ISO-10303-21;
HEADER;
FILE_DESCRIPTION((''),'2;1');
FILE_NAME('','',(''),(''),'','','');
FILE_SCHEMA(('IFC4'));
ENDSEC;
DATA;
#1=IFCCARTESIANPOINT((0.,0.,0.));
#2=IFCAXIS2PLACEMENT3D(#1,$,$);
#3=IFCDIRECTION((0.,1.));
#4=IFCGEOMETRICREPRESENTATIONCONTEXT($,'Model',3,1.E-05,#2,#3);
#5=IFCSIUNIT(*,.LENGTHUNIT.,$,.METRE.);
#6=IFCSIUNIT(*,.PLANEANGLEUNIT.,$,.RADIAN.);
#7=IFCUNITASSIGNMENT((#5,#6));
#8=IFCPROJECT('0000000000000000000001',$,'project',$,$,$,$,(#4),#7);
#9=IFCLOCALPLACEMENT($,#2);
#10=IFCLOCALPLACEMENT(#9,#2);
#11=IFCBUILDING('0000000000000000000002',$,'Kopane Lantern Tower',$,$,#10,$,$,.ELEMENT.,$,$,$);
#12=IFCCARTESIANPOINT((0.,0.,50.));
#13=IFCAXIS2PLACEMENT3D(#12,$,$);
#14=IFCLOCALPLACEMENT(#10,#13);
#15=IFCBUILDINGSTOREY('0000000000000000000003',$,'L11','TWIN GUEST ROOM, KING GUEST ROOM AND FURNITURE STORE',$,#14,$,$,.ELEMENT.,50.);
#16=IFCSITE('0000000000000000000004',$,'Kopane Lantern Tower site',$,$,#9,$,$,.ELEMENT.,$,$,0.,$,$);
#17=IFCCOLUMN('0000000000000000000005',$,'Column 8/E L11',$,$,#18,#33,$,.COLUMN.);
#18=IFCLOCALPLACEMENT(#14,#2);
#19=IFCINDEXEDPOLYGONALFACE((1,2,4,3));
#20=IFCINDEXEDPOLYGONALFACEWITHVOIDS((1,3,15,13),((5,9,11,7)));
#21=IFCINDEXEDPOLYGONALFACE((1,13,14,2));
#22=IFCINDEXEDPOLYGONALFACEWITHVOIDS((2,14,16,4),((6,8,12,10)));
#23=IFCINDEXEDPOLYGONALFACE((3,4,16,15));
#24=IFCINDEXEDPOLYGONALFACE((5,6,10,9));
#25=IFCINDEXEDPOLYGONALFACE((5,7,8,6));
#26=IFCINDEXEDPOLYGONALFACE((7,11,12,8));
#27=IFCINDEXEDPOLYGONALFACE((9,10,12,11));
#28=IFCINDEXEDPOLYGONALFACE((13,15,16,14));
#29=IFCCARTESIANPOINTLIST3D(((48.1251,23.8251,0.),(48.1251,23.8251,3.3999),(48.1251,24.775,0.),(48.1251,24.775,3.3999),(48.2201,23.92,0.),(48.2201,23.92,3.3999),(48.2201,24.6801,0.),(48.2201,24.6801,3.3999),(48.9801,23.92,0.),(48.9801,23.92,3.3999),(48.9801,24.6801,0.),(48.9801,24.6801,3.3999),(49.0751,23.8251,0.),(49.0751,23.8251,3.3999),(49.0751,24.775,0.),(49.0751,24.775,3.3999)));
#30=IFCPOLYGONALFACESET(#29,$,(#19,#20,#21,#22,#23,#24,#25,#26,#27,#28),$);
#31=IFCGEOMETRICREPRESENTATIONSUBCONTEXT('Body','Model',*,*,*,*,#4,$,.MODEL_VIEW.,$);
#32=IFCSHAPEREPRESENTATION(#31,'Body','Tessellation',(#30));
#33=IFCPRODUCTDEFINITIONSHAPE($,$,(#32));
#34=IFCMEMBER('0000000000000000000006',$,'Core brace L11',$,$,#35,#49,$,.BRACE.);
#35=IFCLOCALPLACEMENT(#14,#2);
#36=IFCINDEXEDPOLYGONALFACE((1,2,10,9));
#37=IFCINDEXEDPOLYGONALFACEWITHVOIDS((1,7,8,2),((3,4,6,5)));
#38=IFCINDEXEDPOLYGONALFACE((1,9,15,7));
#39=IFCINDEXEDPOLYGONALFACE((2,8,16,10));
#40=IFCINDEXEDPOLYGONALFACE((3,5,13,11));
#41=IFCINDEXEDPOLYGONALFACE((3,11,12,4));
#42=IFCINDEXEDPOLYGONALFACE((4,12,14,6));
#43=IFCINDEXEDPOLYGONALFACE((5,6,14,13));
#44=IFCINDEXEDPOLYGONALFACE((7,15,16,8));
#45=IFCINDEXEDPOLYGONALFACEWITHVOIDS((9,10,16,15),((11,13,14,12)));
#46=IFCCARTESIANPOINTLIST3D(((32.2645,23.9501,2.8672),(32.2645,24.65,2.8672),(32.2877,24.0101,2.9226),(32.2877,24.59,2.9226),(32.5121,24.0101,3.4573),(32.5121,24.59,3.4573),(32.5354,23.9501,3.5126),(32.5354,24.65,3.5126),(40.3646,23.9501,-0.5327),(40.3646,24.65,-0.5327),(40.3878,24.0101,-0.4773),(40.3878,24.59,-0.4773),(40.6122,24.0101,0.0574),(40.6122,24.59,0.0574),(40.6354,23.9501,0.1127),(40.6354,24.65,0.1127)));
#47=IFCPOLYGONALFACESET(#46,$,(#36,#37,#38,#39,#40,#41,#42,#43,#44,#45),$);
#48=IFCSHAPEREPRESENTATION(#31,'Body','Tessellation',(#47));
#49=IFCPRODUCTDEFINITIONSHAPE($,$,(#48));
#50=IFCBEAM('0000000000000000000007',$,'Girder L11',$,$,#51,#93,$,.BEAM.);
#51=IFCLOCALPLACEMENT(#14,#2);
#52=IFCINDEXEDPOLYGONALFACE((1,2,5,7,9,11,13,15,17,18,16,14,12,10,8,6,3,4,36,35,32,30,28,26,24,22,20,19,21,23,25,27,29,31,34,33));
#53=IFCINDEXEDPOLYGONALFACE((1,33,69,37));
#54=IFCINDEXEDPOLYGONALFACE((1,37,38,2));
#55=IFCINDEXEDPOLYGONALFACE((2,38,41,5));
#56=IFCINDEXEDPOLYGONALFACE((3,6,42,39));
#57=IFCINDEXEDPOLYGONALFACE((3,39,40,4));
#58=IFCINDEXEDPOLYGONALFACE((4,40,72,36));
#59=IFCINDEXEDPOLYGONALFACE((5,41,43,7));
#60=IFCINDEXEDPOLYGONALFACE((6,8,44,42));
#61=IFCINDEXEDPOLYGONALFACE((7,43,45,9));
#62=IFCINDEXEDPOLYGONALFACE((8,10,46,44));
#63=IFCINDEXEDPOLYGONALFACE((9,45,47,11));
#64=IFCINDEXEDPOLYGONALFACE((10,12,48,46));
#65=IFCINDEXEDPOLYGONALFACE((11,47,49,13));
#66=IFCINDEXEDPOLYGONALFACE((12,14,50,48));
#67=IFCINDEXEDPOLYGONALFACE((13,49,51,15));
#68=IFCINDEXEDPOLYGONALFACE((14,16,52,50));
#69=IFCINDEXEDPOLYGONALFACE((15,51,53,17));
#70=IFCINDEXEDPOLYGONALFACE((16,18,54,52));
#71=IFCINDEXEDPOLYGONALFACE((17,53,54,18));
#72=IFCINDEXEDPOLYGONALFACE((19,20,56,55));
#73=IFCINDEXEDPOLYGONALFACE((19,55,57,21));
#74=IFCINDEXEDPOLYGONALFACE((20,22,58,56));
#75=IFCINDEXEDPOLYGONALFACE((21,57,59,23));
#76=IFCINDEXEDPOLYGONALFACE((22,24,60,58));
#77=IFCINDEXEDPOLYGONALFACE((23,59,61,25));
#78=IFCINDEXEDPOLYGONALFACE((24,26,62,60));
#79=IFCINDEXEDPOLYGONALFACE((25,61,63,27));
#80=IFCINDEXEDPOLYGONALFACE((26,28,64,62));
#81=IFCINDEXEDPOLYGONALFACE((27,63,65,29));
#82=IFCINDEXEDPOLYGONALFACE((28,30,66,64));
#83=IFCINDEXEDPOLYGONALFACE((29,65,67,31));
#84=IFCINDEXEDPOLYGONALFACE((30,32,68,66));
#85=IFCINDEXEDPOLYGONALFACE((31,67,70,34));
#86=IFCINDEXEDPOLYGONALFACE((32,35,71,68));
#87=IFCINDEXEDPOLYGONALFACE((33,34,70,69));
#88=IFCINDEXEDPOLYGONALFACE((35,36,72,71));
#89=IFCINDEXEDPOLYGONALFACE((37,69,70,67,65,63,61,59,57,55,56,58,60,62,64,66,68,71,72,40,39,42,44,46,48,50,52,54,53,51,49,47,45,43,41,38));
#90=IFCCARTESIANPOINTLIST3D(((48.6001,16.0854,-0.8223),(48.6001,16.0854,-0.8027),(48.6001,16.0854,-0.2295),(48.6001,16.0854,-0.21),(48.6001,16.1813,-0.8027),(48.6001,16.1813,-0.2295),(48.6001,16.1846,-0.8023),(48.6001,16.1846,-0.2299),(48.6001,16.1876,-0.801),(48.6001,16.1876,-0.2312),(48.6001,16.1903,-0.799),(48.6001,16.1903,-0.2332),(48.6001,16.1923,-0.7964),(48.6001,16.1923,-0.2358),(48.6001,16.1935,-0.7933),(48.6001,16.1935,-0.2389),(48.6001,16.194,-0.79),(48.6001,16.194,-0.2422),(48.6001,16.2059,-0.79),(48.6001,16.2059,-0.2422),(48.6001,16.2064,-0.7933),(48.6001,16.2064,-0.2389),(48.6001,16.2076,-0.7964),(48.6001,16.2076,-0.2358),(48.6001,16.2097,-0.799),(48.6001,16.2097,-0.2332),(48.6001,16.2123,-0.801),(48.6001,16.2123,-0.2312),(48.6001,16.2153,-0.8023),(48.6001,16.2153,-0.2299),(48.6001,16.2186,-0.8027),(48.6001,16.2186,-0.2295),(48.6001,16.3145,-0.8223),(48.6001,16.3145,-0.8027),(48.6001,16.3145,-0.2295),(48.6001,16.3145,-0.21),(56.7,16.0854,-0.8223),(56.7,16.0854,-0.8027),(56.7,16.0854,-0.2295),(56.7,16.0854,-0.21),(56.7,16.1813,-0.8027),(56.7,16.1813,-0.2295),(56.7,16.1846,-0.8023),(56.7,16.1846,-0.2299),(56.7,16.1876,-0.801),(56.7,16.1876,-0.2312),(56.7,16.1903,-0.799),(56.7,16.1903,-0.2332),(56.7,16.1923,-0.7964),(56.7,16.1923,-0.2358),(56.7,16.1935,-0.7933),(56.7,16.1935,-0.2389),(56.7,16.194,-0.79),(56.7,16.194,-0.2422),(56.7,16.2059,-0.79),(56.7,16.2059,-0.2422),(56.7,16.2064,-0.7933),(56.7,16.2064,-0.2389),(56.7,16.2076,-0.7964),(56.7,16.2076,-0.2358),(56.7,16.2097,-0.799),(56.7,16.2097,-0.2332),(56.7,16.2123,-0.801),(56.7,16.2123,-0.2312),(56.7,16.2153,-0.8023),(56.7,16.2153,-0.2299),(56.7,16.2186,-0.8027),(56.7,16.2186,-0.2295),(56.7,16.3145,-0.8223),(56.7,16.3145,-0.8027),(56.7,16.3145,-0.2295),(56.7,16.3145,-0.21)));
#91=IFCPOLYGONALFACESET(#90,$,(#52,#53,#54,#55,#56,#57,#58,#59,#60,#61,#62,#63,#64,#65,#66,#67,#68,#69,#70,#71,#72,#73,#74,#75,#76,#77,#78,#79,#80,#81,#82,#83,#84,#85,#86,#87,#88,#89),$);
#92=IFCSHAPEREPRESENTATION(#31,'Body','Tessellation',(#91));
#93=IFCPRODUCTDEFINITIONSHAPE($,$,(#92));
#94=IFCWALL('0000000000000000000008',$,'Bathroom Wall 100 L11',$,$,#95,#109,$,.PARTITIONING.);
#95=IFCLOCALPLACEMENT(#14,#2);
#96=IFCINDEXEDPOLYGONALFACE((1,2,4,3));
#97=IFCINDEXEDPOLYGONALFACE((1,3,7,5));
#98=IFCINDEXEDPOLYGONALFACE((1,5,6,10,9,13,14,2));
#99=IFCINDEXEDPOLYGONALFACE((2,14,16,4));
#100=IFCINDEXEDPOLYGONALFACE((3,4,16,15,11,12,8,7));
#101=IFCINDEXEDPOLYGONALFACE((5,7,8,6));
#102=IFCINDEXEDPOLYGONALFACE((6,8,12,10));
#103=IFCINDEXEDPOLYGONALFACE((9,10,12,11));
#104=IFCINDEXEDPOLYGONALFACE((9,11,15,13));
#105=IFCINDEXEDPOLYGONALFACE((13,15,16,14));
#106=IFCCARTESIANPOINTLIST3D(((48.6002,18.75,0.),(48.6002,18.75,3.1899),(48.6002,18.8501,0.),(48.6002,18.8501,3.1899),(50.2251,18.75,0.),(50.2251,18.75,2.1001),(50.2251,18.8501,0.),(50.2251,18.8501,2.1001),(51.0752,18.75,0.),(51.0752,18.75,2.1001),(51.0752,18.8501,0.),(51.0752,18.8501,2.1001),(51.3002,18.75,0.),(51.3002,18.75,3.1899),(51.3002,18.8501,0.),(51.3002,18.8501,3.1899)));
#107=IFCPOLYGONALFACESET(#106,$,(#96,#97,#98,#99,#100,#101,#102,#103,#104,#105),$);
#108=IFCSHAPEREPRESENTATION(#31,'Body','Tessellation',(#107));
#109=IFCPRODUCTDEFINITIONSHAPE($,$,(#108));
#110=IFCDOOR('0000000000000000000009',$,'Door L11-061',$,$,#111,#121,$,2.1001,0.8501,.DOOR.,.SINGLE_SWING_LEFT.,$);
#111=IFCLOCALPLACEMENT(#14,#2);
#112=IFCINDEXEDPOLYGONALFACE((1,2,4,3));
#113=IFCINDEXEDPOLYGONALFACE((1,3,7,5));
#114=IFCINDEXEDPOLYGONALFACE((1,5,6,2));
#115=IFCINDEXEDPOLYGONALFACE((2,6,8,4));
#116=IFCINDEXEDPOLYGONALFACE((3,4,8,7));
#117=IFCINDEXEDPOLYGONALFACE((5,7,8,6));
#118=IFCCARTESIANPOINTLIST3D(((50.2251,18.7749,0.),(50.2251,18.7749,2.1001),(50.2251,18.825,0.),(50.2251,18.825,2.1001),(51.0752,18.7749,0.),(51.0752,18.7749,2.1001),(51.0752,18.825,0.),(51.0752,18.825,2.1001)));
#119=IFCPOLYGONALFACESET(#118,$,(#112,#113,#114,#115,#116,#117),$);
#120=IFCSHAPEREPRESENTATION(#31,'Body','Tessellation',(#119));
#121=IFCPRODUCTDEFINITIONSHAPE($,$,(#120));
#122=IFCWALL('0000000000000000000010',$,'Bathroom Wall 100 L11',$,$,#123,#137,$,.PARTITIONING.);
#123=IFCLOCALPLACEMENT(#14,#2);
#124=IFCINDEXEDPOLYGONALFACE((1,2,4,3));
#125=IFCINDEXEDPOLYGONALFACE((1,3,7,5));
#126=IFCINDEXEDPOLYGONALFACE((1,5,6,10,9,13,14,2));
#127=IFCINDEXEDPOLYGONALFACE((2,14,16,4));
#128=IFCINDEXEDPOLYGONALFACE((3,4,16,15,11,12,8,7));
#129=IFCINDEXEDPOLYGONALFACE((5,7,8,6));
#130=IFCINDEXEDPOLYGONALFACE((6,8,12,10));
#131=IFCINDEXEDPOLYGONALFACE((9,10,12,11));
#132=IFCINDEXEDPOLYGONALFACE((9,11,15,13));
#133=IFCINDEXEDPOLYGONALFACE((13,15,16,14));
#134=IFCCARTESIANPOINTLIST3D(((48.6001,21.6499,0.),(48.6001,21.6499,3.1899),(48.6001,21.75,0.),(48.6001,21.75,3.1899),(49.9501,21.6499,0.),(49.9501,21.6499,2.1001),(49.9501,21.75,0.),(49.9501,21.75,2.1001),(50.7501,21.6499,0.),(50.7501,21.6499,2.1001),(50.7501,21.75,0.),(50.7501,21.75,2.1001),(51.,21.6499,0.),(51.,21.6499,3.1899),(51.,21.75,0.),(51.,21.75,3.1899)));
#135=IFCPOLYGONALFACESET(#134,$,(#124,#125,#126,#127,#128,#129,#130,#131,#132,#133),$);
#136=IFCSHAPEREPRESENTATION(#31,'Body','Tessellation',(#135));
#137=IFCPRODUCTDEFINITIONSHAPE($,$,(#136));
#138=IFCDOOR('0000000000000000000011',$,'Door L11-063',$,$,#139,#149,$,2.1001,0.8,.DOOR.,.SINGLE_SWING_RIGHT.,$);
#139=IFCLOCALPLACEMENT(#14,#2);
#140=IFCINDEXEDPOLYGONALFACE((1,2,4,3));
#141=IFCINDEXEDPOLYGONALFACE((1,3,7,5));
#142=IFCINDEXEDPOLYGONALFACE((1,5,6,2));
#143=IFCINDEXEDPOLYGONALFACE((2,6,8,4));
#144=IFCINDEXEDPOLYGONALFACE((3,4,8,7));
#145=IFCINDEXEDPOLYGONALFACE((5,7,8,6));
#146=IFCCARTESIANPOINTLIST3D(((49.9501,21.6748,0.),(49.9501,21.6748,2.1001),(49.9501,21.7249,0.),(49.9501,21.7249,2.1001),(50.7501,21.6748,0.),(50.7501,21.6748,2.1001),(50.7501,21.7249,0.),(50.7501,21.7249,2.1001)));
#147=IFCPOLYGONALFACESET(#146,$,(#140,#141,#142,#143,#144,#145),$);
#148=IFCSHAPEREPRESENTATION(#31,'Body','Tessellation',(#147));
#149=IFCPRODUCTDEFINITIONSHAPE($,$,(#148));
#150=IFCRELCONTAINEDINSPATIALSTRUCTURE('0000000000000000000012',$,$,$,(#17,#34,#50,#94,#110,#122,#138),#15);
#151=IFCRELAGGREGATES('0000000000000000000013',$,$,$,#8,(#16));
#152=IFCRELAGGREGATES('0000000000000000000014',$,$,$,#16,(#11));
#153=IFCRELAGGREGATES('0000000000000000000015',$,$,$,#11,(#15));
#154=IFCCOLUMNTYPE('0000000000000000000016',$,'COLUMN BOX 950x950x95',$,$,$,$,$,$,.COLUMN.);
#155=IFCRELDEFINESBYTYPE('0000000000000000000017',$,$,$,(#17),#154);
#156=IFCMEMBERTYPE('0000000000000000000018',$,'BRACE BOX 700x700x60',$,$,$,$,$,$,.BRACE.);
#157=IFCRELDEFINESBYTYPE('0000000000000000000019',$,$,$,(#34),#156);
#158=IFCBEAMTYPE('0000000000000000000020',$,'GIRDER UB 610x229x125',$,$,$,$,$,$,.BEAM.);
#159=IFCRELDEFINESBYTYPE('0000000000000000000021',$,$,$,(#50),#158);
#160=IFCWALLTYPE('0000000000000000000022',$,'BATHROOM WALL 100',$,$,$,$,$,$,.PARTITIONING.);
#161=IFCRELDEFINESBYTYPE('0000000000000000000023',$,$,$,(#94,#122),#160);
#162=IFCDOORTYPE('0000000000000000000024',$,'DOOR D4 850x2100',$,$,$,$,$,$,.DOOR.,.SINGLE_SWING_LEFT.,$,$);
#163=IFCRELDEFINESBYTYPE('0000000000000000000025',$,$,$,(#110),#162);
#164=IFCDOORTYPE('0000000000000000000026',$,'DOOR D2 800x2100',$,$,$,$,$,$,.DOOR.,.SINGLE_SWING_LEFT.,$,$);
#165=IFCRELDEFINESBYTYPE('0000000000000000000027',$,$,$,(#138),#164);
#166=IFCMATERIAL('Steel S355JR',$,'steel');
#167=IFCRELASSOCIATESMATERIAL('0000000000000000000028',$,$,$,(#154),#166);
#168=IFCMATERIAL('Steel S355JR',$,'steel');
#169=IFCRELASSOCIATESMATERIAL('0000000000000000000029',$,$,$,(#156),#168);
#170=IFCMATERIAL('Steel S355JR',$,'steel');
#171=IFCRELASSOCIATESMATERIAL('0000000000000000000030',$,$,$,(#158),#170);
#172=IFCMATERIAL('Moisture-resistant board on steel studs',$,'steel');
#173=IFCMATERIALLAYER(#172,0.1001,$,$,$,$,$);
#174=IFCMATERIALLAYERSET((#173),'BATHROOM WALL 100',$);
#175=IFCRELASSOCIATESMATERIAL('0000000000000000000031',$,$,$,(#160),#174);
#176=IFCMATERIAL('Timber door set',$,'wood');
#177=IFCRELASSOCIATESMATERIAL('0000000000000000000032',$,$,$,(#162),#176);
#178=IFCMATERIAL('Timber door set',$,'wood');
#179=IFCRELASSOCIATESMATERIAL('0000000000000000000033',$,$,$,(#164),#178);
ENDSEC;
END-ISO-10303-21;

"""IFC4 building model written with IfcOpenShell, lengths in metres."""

from ifc_helpers import new_model, si_unit, direction, frame, frame_2d, origin, origin_2d, place, context, subcontext, project, spatial, rectangle, hollow_rectangle, i_section, extrude, material, layer, layer_set, material_profile, profile_set, type_object, element, fill, save


model = new_model("IFC4")

# Units and contexts
model_context = context("Model", 3, precision=1e-05, world=origin(), true_north=direction((0.0, 1.0)))
body_context = subcontext(model_context, "Body", "Model", "MODEL_VIEW")
ifc_project = project(units=[si_unit("LENGTHUNIT", "METRE"), si_unit("PLANEANGLEUNIT", "RADIAN")], contexts=[model_context])

# Site, building, storey
site_placement = place(None, origin())
site = spatial("IfcSite", under=ifc_project, at=site_placement, Name="Kopane Lantern Tower site", CompositionType="ELEMENT", RefElevation=0.0)
building_placement = place(site_placement, origin())
building = spatial("IfcBuilding", under=site, at=building_placement, Name="Kopane Lantern Tower", CompositionType="ELEMENT")
storey_placement = place(building_placement, frame((0.0, 0.0, 50.0)))
storey = spatial("IfcBuildingStorey", under=building, at=storey_placement, Name="L11", Description="TWIN GUEST ROOM, KING GUEST ROOM AND FURNITURE STORE", CompositionType="ELEMENT", Elevation=50.0)

# Column
ifc_material_1 = material(Name="Steel S355JR", Category="steel")
ifc_material_profile_1 = material_profile(ifc_material_1, hollow_rectangle(XDim=0.95, YDim=0.95, WallThickness=0.095, at=origin_2d()), Name="BOX 950x950x95")
ifc_profile_set_1 = profile_set([ifc_material_profile_1], Name="Steel S355JR")
column_type = type_object("IfcColumnType", Name="COLUMN BOX 950x950x95", PredefinedType="COLUMN", material=ifc_profile_set_1)
column_placement = place(storey_placement, frame((48.6001, 24.3, 0.0), z_axis=(0.0, 0.0, 1.0), x_axis=(1.0, 0.0, 0.0)))
element("IfcColumn", 1, at=column_placement, inside=storey, type_object=column_type, Name="Column 8/E L11", PredefinedType="COLUMN", context=body_context, shape_type="SweptSolid", body=[
    extrude(hollow_rectangle(XDim=0.95, YDim=0.95, WallThickness=0.095, at=origin_2d()), origin(), (0.0, 0.0, 1.0), 3.3999),
])

# Member
ifc_material_2 = material(Name="Steel S355JR", Category="steel")
ifc_material_profile_2 = material_profile(ifc_material_2, hollow_rectangle(XDim=0.7, YDim=0.7, WallThickness=0.0601, at=origin_2d()), Name="BOX 700x700x60")
ifc_profile_set_2 = profile_set([ifc_material_profile_2], Name="Steel S355JR")
member_type = type_object("IfcMemberType", Name="BRACE BOX 700x700x60", PredefinedType="BRACE", material=ifc_profile_set_2)
member_placement = place(storey_placement, frame((40.5, 24.3, -0.21), z_axis=(-0.922069, 0.0, 0.387026), x_axis=(0.0, -1.0, 0.0)))
element("IfcMember", 2, at=member_placement, inside=storey, type_object=member_type, Name="Core brace L11", PredefinedType="BRACE", context=body_context, shape_type="SweptSolid", body=[
    extrude(hollow_rectangle(XDim=0.7, YDim=0.7, WallThickness=0.0601, at=origin_2d()), origin(), (0.0, 0.0, 1.0), 8.7847),
])

# Beam
ifc_material_3 = material(Name="Steel S355JR", Category="steel")
ifc_material_profile_3 = material_profile(ifc_material_3, i_section(OverallWidth=0.229, OverallDepth=0.6123, WebThickness=0.012, FlangeThickness=0.0195, FilletRadius=0.0127, at=origin_2d()), Name="UB 610x229x125")
ifc_profile_set_3 = profile_set([ifc_material_profile_3], Name="Steel S355JR")
beam_type = type_object("IfcBeamType", Name="GIRDER UB 610x229x125", PredefinedType="BEAM", material=ifc_profile_set_3)
beam_placement = place(storey_placement, frame((48.6001, 16.2, -0.5161), z_axis=(1.0, 0.0, 0.0), x_axis=(0.0, 1.0, 0.0)))
element("IfcBeam", 3, at=beam_placement, inside=storey, type_object=beam_type, Name="Girder L11", PredefinedType="BEAM", context=body_context, shape_type="SweptSolid", body=[
    extrude(i_section(OverallWidth=0.229, OverallDepth=0.6123, WebThickness=0.012, FlangeThickness=0.0195, FilletRadius=0.0127, at=origin_2d()), origin(), (0.0, 0.0, 1.0), 8.0999),
])

# Walls, openings, doors
ifc_material_4 = material(Name="Moisture-resistant board on steel studs", Category="steel")
ifc_layer_1 = layer(ifc_material_4, 0.1001)
ifc_layer_set_1 = layer_set([ifc_layer_1], Name="BATHROOM WALL 100")
wall_type_1 = type_object("IfcWallType", Name="BATHROOM WALL 100", PredefinedType="PARTITIONING", material=ifc_layer_set_1)
wall_1_placement = place(storey_placement, frame((48.6001, 18.8, 0.0), z_axis=(0.0, 0.0, 1.0), x_axis=(1.0, 0.0, 0.0)))
wall_1 = element("IfcWall", 4, at=wall_1_placement, inside=storey, type_object=wall_type_1, Name="Bathroom Wall 100 L11", PredefinedType="PARTITIONING", context=body_context, shape_type="SweptSolid", body=[
    extrude(rectangle(XDim=2.7, YDim=0.1001, at=frame_2d((1.3501, 0.0))), origin(), (0.0, 0.0, 1.0), 3.1899),
])
opening_1_placement = place(wall_1_placement, frame((1.625, 0.0, 0.0)))
opening_1 = element("IfcOpeningElement", 5, at=opening_1_placement, cuts=wall_1, PredefinedType="OPENING", context=body_context, shape_type="SweptSolid", body=[
    extrude(rectangle(XDim=0.8501, YDim=2.1001, at=frame_2d((0.425, 1.05))), frame((0.0, 0.0601, 0.0), z_axis=(0.0, -1.0, 0.0), x_axis=(1.0, 0.0, 0.0)), (0.0, 0.0, 1.0), 0.1201),
])
ifc_material_5 = material(Name="Timber door set", Category="wood")
door_type_1 = type_object("IfcDoorType", Name="DOOR D4 850x2100", OperationType="SINGLE_SWING_LEFT", PredefinedType="DOOR", material=ifc_material_5)
door_1_placement = place(opening_1_placement, origin())
door_1 = element("IfcDoor", 6, at=door_1_placement, inside=storey, type_object=door_type_1, Name="Door L11-061", OperationType="SINGLE_SWING_LEFT", OverallHeight=2.1001, OverallWidth=0.8501, PredefinedType="DOOR", context=body_context, shape_type="SweptSolid", body=[
    extrude(rectangle(XDim=0.8501, YDim=2.1001, at=frame_2d((0.425, 1.05))), frame((0.0, 0.0249, 0.0), z_axis=(0.0, -1.0, 0.0), x_axis=(1.0, 0.0, 0.0)), (0.0, 0.0, 1.0), 0.05),
])
fill(opening_1, door_1)
wall_2_placement = place(storey_placement, frame((48.6001, 21.7, 0.0), z_axis=(0.0, 0.0, 1.0), x_axis=(1.0, 0.0, 0.0)))
wall_2 = element("IfcWall", 7, at=wall_2_placement, inside=storey, type_object=wall_type_1, Name="Bathroom Wall 100 L11", PredefinedType="PARTITIONING", context=body_context, shape_type="SweptSolid", body=[
    extrude(rectangle(XDim=2.3999, YDim=0.1001, at=frame_2d((1.2, 0.0))), origin(), (0.0, 0.0, 1.0), 3.1899),
])
opening_2_placement = place(wall_2_placement, frame((1.3501, 0.0, 0.0)))
opening_2 = element("IfcOpeningElement", 8, at=opening_2_placement, cuts=wall_2, PredefinedType="OPENING", context=body_context, shape_type="SweptSolid", body=[
    extrude(rectangle(XDim=0.8, YDim=2.1001, at=frame_2d((0.3999, 1.05))), frame((0.0, 0.0601, 0.0), z_axis=(0.0, -1.0, 0.0), x_axis=(1.0, 0.0, 0.0)), (0.0, 0.0, 1.0), 0.1201),
])
ifc_material_6 = material(Name="Timber door set", Category="wood")
door_type_2 = type_object("IfcDoorType", Name="DOOR D2 800x2100", OperationType="SINGLE_SWING_LEFT", PredefinedType="DOOR", material=ifc_material_6)
door_2_placement = place(opening_2_placement, origin())
door_2 = element("IfcDoor", 9, at=door_2_placement, inside=storey, type_object=door_type_2, Name="Door L11-063", OperationType="SINGLE_SWING_RIGHT", OverallHeight=2.1001, OverallWidth=0.8, PredefinedType="DOOR", context=body_context, shape_type="SweptSolid", body=[
    extrude(rectangle(XDim=0.8, YDim=2.1001, at=frame_2d((0.3999, 1.05))), frame((0.0, 0.0249, 0.0), z_axis=(0.0, -1.0, 0.0), x_axis=(1.0, 0.0, 0.0)), (0.0, 0.0, 1.0), 0.05),
])
fill(opening_2, door_2)

save(model, "model.ifc")
